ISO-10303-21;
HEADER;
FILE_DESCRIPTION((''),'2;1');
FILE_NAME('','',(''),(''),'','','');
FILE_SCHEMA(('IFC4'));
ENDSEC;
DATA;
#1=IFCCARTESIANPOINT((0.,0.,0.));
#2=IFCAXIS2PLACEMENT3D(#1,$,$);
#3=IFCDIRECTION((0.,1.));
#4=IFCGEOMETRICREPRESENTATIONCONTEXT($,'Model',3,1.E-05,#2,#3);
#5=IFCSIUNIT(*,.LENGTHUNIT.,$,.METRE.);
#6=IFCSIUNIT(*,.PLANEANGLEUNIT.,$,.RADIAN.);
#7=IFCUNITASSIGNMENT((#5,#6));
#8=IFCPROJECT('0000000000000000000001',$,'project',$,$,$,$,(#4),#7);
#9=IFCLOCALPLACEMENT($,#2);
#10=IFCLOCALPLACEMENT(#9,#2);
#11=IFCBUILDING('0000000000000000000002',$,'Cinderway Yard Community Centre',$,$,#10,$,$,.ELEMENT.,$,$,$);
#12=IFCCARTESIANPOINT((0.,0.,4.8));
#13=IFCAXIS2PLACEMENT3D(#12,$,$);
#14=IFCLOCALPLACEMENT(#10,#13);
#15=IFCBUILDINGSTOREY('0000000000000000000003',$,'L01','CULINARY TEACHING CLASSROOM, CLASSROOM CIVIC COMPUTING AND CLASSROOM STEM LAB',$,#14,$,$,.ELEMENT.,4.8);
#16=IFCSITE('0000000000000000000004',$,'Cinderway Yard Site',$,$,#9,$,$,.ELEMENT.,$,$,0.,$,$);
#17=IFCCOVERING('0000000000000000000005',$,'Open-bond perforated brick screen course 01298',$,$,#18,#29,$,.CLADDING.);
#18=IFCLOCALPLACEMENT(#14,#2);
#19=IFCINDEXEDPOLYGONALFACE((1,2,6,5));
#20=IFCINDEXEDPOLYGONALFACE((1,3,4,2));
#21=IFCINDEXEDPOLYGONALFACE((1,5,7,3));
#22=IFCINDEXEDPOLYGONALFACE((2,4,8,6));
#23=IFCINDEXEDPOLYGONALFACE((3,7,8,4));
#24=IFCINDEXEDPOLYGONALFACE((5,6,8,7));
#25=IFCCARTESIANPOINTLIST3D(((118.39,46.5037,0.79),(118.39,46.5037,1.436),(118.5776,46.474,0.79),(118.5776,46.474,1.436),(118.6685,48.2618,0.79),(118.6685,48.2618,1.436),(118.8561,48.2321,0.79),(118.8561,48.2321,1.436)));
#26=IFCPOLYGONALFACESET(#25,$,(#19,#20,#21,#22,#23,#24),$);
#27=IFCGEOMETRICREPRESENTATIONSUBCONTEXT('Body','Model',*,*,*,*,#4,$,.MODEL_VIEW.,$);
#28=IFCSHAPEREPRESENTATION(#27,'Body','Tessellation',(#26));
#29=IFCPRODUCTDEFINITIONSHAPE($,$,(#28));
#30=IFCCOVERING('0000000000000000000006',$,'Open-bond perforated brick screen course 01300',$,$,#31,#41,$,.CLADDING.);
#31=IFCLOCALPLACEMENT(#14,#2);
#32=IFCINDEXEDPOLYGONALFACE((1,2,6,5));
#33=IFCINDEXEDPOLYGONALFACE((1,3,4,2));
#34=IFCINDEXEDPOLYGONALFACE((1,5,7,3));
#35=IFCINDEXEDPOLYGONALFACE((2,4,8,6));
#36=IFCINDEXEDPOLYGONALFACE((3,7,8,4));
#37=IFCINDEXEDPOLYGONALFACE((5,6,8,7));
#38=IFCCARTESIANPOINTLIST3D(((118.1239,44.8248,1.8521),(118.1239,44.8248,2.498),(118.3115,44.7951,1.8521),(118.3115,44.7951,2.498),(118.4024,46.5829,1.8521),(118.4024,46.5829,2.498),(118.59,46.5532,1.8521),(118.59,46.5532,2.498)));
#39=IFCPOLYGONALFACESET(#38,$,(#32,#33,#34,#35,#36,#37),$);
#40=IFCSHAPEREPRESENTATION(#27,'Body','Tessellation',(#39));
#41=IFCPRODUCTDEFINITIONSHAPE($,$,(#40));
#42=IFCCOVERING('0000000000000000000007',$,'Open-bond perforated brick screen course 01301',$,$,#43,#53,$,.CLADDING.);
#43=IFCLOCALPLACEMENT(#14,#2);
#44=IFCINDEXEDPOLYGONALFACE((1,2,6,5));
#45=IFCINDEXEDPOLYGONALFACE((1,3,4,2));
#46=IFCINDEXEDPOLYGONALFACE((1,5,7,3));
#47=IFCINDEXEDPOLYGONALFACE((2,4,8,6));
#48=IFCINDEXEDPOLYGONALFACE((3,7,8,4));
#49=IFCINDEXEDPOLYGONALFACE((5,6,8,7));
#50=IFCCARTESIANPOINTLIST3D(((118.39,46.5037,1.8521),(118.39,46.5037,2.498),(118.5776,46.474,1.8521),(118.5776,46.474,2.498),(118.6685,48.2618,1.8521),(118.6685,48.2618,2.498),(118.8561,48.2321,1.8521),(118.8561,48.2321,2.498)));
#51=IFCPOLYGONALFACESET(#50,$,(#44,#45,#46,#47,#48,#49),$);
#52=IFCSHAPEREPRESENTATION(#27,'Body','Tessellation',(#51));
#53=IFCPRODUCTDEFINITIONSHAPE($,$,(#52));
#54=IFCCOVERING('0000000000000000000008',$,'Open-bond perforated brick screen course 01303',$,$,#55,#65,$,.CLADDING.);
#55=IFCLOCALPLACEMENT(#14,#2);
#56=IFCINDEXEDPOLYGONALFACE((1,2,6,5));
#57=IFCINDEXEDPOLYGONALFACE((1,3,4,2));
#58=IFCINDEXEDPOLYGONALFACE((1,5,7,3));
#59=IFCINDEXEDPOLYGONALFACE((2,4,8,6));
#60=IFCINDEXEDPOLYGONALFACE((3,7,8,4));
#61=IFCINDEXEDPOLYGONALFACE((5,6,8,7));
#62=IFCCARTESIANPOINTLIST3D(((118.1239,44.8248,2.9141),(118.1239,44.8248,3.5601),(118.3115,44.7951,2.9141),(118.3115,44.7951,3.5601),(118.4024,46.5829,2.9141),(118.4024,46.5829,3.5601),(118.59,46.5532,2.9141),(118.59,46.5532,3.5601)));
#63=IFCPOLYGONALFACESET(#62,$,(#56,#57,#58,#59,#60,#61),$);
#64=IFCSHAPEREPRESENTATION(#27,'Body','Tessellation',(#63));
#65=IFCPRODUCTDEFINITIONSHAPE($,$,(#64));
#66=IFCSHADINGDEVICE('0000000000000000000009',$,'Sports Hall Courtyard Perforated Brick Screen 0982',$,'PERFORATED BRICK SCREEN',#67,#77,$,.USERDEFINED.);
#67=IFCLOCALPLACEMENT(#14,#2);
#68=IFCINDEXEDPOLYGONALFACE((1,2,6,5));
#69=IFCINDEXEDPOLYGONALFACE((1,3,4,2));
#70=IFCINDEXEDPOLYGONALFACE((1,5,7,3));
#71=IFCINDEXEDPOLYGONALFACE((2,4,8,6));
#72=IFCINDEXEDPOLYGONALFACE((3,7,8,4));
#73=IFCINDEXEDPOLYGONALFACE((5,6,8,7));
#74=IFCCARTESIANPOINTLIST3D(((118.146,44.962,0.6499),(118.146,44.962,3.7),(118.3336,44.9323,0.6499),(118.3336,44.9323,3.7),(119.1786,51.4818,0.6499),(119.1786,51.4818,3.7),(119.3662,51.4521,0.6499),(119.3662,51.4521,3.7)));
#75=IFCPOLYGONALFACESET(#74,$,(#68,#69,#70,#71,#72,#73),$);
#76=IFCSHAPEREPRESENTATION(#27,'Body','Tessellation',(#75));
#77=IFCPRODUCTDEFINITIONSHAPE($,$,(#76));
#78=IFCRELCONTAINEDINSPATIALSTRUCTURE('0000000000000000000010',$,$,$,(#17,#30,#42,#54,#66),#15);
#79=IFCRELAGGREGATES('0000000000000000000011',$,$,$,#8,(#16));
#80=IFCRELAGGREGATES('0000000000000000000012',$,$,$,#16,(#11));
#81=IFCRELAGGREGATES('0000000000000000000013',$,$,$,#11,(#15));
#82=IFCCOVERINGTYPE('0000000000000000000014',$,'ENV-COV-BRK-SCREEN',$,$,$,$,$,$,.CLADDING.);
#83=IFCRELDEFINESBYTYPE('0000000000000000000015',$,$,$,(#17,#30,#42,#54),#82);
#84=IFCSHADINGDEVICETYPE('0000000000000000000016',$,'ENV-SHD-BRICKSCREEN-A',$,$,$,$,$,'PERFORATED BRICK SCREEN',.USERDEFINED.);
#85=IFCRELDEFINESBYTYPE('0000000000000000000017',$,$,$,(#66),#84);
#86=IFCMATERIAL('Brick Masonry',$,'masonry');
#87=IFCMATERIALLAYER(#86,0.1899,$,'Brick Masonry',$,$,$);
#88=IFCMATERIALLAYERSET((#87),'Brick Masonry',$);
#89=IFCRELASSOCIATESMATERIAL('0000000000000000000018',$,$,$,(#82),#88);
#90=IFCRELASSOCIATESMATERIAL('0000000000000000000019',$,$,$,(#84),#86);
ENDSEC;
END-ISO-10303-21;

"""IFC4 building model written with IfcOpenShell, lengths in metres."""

from ifc_helpers import new_model, si_unit, direction, frame, origin, origin_2d, place, context, subcontext, project, spatial, rectangle, extrude, material, layer, layer_set, type_object, element, save


model = new_model("IFC4")

# Units and contexts
model_context = context("Model", 3, precision=1e-05, world=origin(), true_north=direction((0.0, 1.0)))
body_context = subcontext(model_context, "Body", "Model", "MODEL_VIEW")
ifc_project = project(units=[si_unit("LENGTHUNIT", "METRE"), si_unit("PLANEANGLEUNIT", "RADIAN")], contexts=[model_context])

# Site, building, storey
site_placement = place(None, origin())
site = spatial("IfcSite", under=ifc_project, at=site_placement, Name="Cinderway Yard Site", CompositionType="ELEMENT", RefElevation=0.0)
building_placement = place(site_placement, origin())
building = spatial("IfcBuilding", under=site, at=building_placement, Name="Cinderway Yard Community Centre", CompositionType="ELEMENT")
storey_placement = place(building_placement, frame((0.0, 0.0, 4.8)))
storey = spatial("IfcBuildingStorey", under=building, at=storey_placement, Name="L01", Description="CULINARY TEACHING CLASSROOM, CLASSROOM CIVIC COMPUTING AND CLASSROOM STEM LAB", CompositionType="ELEMENT", Elevation=4.8)

# Coverings
ifc_material_1 = material(Name="Brick Masonry", Category="masonry")
ifc_layer_1 = layer(ifc_material_1, 0.1899, Name="Brick Masonry")
ifc_layer_set_1 = layer_set([ifc_layer_1], Name="Brick Masonry")
covering_type = type_object("IfcCoveringType", Name="ENV-COV-BRK-SCREEN", PredefinedType="CLADDING", material=ifc_layer_set_1)
for number, where, z_axis, x_axis, name in (
    (1, (118.623, 47.3679, 0.79), (0.0, 0.0, 1.0), (0.156434, 0.987688, 0.0), "Open-bond perforated brick screen course 01298"),
    (2, (118.3569, 45.689, 1.8521), (0.0, 0.0, 1.0), (0.156434, 0.987688, 0.0), "Open-bond perforated brick screen course 01300"),
    (3, (118.623, 47.3679, 1.8521), (0.0, 0.0, 1.0), (0.156434, 0.987688, 0.0), "Open-bond perforated brick screen course 01301"),
    (4, (118.3569, 45.689, 2.9141), (0.0, 0.0, 1.0), (0.156434, 0.987688, 0.0), "Open-bond perforated brick screen course 01303"),
):
    element("IfcCovering", number, at=place(storey_placement, frame(where, z_axis=z_axis, x_axis=x_axis)), inside=storey, type_object=covering_type, Name=name, PredefinedType="CLADDING", context=body_context, shape_type="SweptSolid", body=[
        extrude(rectangle(XDim=1.78, YDim=0.1899, at=origin_2d()), origin(), (0.0, 0.0, 1.0), 0.646),
    ])

# Shading device
shading_device_type = type_object("IfcShadingDeviceType", Name="ENV-SHD-BRICKSCREEN-A", ElementType="PERFORATED BRICK SCREEN", PredefinedType="USERDEFINED", material=ifc_material_1)
shading_device_placement = place(storey_placement, frame((118.7561, 48.207, 0.6499), z_axis=(0.0, 0.0, 1.0), x_axis=(0.156434, 0.987688, 0.0)))
element("IfcShadingDevice", 5, at=shading_device_placement, inside=storey, type_object=shading_device_type, Name="Sports Hall Courtyard Perforated Brick Screen 0982", ObjectType="PERFORATED BRICK SCREEN", PredefinedType="USERDEFINED", context=body_context, shape_type="SweptSolid", body=[
    extrude(rectangle(XDim=6.6011, YDim=0.1899, at=origin_2d()), origin(), (0.0, 0.0, 1.0), 3.05),
])

save(model, "model.ifc")
